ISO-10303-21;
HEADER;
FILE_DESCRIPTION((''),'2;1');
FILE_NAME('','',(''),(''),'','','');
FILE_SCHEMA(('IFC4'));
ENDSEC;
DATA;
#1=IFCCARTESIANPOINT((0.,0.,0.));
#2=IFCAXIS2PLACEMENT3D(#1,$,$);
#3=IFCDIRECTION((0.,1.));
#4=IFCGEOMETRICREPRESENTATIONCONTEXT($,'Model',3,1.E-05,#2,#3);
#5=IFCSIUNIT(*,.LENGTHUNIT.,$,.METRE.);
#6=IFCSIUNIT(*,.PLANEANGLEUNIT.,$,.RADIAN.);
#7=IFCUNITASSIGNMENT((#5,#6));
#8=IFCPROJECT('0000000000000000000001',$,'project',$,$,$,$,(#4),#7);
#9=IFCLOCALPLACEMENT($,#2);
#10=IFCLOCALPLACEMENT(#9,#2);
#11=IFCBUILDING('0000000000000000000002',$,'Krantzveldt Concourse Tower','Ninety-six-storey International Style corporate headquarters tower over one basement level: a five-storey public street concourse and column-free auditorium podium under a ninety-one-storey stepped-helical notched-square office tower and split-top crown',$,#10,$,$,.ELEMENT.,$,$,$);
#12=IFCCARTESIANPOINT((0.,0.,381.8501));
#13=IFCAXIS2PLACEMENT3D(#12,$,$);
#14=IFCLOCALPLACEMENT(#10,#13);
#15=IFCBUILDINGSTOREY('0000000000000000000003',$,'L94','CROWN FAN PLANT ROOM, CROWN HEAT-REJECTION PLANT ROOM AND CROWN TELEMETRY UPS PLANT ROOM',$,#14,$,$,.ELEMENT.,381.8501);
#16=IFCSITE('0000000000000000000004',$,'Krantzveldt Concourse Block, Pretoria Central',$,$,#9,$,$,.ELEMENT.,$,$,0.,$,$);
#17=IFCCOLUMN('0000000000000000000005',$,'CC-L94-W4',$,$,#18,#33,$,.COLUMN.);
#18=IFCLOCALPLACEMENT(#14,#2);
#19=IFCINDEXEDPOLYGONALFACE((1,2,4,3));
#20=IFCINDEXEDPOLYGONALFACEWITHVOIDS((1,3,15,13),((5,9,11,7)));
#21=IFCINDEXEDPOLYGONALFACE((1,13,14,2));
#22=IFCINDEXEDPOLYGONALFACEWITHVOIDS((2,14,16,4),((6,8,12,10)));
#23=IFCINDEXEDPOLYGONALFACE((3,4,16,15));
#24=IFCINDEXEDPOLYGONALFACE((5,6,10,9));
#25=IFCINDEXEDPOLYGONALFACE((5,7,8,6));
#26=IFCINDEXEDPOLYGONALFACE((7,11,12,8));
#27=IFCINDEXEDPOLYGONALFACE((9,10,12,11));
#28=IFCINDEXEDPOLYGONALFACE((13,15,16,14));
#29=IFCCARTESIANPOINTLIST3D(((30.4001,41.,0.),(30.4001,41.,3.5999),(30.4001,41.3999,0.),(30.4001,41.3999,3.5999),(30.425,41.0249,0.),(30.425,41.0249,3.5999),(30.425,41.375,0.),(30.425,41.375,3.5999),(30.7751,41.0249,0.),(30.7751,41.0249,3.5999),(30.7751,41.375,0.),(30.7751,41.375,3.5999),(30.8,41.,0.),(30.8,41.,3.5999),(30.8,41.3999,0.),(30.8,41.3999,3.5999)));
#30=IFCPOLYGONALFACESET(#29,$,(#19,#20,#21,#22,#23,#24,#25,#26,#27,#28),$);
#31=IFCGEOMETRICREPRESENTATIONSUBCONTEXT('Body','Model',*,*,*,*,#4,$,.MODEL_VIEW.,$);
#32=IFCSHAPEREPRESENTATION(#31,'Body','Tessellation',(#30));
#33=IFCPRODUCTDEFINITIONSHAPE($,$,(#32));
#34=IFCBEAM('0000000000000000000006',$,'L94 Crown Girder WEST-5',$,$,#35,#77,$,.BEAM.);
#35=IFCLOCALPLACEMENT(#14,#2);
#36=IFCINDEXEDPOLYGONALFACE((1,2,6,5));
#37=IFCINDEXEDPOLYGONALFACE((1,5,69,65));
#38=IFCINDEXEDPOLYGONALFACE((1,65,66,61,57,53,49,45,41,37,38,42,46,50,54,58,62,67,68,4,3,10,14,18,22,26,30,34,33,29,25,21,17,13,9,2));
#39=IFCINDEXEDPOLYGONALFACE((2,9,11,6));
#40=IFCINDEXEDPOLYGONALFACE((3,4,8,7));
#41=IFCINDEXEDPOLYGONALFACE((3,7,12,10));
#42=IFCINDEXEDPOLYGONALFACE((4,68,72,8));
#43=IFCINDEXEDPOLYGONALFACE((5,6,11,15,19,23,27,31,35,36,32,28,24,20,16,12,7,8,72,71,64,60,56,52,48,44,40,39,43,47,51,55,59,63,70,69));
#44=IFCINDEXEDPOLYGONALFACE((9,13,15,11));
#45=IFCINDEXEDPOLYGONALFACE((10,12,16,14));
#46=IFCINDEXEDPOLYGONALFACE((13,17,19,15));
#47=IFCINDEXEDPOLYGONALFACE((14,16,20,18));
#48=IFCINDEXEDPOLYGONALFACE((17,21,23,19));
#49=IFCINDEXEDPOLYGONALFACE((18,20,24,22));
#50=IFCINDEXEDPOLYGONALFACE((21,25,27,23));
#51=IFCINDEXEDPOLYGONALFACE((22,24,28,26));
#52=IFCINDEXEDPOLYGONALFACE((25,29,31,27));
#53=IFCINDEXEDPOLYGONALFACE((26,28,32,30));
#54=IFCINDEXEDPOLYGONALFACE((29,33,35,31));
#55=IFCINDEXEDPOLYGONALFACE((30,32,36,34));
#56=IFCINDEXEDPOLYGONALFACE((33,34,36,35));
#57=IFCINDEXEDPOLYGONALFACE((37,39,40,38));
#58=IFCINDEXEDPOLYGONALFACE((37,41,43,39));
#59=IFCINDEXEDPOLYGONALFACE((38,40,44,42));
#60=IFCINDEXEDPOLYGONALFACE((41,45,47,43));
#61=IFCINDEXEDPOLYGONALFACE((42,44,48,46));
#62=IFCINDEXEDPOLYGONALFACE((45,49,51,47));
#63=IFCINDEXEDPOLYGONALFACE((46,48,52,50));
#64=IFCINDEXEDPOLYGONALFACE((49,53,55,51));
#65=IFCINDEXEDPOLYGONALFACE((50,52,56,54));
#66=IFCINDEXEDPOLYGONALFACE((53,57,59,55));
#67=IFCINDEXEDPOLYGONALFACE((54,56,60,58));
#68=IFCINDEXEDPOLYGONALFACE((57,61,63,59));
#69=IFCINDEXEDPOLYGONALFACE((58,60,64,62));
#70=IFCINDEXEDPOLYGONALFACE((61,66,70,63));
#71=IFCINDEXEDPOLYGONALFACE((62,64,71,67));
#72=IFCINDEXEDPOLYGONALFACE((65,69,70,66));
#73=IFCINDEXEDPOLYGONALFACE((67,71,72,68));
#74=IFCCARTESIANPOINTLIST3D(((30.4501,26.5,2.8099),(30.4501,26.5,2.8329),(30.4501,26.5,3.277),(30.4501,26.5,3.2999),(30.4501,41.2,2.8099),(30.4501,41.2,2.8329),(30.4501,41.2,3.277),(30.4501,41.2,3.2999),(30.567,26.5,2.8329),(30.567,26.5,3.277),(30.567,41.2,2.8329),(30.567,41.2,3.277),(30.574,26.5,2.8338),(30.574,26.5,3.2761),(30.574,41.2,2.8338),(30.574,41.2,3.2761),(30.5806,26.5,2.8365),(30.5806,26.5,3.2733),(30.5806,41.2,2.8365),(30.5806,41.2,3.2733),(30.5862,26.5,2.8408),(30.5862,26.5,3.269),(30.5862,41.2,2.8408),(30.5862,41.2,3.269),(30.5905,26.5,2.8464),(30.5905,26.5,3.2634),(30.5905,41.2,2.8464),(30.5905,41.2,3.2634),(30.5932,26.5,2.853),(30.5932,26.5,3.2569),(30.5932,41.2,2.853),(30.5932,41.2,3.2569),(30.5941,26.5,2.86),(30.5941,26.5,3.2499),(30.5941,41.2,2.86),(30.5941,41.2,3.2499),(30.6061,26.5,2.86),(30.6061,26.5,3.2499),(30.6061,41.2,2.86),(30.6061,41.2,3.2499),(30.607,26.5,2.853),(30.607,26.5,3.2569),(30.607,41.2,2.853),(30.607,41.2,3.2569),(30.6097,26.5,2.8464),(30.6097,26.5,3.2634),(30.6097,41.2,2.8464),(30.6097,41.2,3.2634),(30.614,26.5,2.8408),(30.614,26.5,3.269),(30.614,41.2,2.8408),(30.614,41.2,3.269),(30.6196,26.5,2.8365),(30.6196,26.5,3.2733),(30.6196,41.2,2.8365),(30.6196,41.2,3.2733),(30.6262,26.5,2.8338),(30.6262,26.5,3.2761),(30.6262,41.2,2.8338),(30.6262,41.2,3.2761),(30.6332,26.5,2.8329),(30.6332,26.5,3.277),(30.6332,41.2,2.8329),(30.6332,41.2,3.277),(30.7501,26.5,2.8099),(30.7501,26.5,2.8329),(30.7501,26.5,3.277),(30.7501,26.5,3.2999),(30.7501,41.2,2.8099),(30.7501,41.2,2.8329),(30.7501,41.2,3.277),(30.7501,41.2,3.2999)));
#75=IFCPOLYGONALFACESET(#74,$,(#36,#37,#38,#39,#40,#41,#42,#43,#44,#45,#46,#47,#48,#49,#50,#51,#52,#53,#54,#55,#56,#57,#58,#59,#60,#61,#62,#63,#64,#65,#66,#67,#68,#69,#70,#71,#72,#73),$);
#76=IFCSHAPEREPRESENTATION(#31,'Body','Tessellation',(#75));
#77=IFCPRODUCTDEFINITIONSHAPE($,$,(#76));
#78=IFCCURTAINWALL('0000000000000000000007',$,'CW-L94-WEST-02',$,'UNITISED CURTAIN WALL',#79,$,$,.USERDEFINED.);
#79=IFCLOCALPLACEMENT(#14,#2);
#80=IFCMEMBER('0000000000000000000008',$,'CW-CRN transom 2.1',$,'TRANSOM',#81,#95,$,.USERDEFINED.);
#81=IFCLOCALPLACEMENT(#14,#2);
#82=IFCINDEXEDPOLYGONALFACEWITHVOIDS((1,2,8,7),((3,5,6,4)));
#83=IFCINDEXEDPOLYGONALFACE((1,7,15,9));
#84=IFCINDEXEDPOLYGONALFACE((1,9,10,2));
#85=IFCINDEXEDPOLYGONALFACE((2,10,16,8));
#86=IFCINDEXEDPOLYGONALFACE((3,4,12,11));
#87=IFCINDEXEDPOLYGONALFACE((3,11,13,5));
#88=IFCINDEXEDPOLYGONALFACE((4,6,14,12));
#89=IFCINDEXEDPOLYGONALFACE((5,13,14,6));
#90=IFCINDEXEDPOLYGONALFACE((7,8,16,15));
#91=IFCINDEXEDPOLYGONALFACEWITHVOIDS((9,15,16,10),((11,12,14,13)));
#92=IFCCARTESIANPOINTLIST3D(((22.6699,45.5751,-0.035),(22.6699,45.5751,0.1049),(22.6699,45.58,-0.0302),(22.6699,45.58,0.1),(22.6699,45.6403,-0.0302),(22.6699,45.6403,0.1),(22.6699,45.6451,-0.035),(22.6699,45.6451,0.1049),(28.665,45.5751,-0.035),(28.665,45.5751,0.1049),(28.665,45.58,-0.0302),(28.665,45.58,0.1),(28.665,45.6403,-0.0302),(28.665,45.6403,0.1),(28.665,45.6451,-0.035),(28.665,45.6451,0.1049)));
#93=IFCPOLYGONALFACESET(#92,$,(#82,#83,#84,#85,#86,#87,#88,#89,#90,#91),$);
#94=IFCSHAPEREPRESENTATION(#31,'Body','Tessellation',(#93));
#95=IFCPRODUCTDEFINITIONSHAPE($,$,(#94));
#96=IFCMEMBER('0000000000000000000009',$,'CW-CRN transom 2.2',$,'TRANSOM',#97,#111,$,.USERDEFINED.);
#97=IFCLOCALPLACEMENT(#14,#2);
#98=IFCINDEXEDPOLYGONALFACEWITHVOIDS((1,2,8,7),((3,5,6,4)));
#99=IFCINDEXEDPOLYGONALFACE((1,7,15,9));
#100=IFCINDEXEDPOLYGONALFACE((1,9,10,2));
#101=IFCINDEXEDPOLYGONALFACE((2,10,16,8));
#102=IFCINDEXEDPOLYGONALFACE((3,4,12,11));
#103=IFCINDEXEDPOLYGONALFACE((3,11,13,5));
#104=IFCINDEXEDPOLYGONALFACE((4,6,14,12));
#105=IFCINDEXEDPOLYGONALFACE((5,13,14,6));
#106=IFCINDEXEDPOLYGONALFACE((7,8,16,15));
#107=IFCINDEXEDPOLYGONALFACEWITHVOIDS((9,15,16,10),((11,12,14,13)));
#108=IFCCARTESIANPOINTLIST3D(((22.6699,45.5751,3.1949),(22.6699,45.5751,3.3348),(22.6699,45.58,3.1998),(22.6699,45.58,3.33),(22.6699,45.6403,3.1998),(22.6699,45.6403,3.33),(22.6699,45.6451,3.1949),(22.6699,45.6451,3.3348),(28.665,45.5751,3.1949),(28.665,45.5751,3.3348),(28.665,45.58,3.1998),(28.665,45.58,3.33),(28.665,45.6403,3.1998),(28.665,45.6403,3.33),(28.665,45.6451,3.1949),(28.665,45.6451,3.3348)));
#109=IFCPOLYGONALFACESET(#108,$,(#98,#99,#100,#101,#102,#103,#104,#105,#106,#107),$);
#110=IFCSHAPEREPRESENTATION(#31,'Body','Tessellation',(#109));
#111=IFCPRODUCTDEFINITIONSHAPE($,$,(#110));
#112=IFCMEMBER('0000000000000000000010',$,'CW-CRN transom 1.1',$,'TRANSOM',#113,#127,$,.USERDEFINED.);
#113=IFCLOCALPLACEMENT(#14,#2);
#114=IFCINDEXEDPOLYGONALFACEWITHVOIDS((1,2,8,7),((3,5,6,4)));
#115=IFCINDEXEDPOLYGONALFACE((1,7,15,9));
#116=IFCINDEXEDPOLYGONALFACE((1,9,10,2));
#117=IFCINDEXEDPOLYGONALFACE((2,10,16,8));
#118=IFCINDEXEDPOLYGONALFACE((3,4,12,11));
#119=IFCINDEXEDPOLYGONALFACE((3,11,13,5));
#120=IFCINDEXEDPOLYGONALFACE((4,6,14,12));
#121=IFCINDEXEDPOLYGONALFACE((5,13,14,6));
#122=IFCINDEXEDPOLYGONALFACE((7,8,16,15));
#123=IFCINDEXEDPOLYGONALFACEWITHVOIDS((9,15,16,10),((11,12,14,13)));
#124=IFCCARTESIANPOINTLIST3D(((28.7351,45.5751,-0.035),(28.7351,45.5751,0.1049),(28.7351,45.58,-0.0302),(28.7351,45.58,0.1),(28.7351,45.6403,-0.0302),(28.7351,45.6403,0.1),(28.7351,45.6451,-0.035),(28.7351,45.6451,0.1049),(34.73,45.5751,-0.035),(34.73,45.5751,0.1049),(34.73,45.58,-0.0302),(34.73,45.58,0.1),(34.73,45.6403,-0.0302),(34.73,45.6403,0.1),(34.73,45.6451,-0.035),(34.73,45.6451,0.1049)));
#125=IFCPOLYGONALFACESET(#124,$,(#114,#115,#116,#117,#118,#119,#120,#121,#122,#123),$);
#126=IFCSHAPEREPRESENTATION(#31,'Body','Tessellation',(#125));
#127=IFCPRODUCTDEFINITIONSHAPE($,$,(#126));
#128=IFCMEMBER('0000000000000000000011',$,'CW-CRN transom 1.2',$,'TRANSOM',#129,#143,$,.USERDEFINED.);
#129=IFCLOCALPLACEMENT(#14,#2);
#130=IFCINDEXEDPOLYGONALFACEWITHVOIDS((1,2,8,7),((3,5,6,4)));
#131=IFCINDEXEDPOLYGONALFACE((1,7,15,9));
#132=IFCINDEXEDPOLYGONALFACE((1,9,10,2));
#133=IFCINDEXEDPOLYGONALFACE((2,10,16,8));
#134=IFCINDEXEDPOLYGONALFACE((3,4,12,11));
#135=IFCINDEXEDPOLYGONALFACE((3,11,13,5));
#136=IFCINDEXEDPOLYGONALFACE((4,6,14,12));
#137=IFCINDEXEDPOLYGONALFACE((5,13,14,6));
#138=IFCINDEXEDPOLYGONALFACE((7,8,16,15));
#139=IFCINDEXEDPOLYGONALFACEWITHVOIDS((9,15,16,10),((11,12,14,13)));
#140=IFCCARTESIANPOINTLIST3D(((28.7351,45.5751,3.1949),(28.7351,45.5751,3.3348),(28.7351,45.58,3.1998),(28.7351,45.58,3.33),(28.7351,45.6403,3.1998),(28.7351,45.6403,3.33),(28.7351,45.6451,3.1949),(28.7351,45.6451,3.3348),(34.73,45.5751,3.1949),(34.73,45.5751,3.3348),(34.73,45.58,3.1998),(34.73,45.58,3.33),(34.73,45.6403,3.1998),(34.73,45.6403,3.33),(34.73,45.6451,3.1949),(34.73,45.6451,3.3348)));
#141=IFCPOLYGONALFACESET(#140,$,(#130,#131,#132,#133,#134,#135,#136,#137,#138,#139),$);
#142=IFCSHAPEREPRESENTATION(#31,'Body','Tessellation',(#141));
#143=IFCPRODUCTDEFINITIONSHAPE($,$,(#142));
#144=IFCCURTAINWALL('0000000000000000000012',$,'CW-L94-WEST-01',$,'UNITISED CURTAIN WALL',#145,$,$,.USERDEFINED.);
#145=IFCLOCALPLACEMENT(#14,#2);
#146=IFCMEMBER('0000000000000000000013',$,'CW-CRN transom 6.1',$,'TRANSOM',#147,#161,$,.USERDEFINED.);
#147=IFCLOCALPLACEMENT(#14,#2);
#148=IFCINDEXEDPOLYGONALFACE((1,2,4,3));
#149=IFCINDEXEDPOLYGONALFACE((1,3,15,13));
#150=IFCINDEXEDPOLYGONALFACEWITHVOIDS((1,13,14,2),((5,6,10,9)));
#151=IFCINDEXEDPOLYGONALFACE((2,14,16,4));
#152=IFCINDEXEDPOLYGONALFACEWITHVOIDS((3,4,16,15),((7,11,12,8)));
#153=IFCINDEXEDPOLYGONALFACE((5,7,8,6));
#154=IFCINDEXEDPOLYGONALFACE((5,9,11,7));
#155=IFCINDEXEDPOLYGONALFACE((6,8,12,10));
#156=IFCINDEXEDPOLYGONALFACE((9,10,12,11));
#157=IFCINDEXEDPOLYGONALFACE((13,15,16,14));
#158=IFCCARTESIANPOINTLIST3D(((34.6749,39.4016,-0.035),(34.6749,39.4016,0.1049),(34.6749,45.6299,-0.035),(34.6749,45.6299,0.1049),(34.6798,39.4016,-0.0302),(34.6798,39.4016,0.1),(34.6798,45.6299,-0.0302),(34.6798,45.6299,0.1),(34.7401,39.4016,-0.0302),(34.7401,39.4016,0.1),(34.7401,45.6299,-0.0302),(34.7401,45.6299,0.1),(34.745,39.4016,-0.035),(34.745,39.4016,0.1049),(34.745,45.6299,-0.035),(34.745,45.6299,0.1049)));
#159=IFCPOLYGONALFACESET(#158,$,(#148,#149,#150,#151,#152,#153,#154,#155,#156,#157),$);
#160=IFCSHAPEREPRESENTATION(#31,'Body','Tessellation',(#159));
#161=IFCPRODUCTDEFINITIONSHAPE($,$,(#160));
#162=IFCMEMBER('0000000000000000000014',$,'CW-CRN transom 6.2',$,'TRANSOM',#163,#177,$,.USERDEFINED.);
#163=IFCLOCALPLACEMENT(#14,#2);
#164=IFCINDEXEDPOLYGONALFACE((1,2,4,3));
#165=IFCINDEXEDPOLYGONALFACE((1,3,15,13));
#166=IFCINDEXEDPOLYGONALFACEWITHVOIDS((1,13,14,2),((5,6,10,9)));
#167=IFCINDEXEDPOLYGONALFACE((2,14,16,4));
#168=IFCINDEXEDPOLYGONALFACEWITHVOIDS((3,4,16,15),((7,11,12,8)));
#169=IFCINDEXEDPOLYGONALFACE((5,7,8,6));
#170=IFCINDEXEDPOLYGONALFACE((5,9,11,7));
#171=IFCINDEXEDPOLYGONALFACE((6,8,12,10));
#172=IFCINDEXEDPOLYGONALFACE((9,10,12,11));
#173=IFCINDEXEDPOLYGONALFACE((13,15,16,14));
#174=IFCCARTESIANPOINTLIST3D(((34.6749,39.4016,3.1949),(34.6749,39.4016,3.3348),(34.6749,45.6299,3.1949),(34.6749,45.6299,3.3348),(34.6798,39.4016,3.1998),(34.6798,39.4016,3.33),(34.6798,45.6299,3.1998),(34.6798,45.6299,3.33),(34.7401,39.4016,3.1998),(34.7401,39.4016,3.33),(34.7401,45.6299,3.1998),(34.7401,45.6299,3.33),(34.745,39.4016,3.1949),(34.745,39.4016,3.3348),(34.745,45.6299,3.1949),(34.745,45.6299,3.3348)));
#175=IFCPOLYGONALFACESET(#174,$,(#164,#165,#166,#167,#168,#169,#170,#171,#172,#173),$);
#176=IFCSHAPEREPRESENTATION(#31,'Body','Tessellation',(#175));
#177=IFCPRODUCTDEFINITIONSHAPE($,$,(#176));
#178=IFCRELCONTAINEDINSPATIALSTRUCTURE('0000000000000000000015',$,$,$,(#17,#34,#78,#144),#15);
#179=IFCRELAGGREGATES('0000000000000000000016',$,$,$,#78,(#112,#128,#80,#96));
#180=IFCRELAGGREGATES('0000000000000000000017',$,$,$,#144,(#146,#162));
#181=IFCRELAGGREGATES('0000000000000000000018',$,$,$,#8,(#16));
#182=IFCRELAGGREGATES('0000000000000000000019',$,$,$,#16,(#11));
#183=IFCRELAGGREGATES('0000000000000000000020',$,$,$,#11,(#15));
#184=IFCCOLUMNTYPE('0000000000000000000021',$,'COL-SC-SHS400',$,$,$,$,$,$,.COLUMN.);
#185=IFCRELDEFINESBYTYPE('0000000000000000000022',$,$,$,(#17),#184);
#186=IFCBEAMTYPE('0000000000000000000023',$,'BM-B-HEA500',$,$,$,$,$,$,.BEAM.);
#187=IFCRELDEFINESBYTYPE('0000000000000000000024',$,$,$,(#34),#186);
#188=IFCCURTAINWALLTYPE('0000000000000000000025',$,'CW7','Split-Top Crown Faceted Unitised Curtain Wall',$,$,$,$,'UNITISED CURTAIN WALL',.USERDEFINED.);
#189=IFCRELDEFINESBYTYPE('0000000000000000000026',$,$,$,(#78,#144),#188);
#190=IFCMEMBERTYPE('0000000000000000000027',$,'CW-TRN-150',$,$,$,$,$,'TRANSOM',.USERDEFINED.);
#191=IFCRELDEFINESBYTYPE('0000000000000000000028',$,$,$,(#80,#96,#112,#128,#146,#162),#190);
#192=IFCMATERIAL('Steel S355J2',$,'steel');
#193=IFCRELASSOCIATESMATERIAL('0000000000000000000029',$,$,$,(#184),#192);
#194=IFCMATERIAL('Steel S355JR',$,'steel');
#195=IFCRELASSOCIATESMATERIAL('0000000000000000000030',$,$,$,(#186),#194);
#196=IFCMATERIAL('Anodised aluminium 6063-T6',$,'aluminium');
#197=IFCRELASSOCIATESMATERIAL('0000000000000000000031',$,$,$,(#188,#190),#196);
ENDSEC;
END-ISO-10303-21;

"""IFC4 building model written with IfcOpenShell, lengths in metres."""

from ifc_helpers import new_model, si_unit, direction, frame, origin, origin_2d, place, context, subcontext, project, spatial, hollow_rectangle, i_section, extrude, source, transform, mapped, material, material_profile, profile_set, type_object, type_shapes, element, aggregate, save


model = new_model("IFC4")

# Units and contexts
model_context = context("Model", 3, precision=1e-05, world=origin(), true_north=direction((0.0, 1.0)))
body_context = subcontext(model_context, "Body", "Model", "MODEL_VIEW")
ifc_project = project(units=[si_unit("LENGTHUNIT", "METRE"), si_unit("PLANEANGLEUNIT", "RADIAN")], contexts=[model_context])

# Site, building, storey
site_placement = place(None, origin())
site = spatial("IfcSite", under=ifc_project, at=site_placement, Name="Krantzveldt Concourse Block, Pretoria Central", CompositionType="ELEMENT", RefElevation=0.0)
building_placement = place(site_placement, origin())
building = spatial("IfcBuilding", under=site, at=building_placement, Name="Krantzveldt Concourse Tower", Description="Ninety-six-storey International Style corporate headquarters tower over one basement level: a five-storey public street concourse and column-free auditorium podium under a ninety-one-storey stepped-helical notched-square office tower and split-top crown", CompositionType="ELEMENT")
storey_placement = place(building_placement, frame((0.0, 0.0, 381.8501)))
storey = spatial("IfcBuildingStorey", under=building, at=storey_placement, Name="L94", Description="CROWN FAN PLANT ROOM, CROWN HEAT-REJECTION PLANT ROOM AND CROWN TELEMETRY UPS PLANT ROOM", CompositionType="ELEMENT", Elevation=381.8501)

# Column
ifc_material_1 = material(Name="Steel S355J2", Category="steel")
ifc_material_profile_1 = material_profile(ifc_material_1, hollow_rectangle(XDim=0.3999, YDim=0.3999, WallThickness=0.0249, at=origin_2d()), Name="Steel S355J2", Category="steel")
ifc_profile_set_1 = profile_set([ifc_material_profile_1], Name="Steel S355J2 - SHS 400x400x25")
column_type = type_object("IfcColumnType", Name="COL-SC-SHS400", PredefinedType="COLUMN", material=ifc_profile_set_1)
shared_shape_1 = source(origin(), body_context, "Body", "SweptSolid", [
    extrude(hollow_rectangle(XDim=0.3999, YDim=0.3999, WallThickness=0.0249, at=origin_2d()), origin(), (0.0, 0.0, 1.0), 3.5999),
])
type_shapes(column_type, [shared_shape_1])
column_placement = place(storey_placement, frame((30.6001, 41.2, 0.0), z_axis=(0.0, 0.0, 1.0), x_axis=(1.0, 0.0, 0.0)))
element("IfcColumn", 1, at=column_placement, inside=storey, type_object=column_type, Name="CC-L94-W4", PredefinedType="COLUMN", context=body_context, shape_type="MappedRepresentation", body=[
    mapped(shared_shape_1, transform((0.0, 0.0, 0.0), x_axis=(1.0, 0.0, 0.0), y_axis=(0.0, 1.0, 0.0), z_axis=(0.0, 0.0, 1.0), scale=1.0)),
])

# Beam
ifc_material_2 = material(Name="Steel S355JR", Category="steel")
ifc_material_profile_2 = material_profile(ifc_material_2, i_section(OverallWidth=0.3, OverallDepth=0.49, WebThickness=0.012, FlangeThickness=0.0229, FilletRadius=0.0271, at=origin_2d()), Name="Steel S355JR", Category="steel")
ifc_profile_set_2 = profile_set([ifc_material_profile_2], Name="Steel S355JR - HEA 500")
beam_type = type_object("IfcBeamType", Name="BM-B-HEA500", PredefinedType="BEAM", material=ifc_profile_set_2)
shared_shape_2 = source(origin(), body_context, "Body", "SweptSolid", [
    extrude(i_section(OverallWidth=0.3, OverallDepth=0.49, WebThickness=0.012, FlangeThickness=0.0229, FilletRadius=0.0271, at=origin_2d()), origin(), (0.0, 0.0, 1.0), 14.7),
])
type_shapes(beam_type, [shared_shape_2])
beam_placement = place(storey_placement, frame((30.6001, 41.2, 3.0549), z_axis=(0.0, -1.0, 0.0), x_axis=(1.0, 0.0, 0.0)))
element("IfcBeam", 2, at=beam_placement, inside=storey, type_object=beam_type, Name="L94 Crown Girder WEST-5", PredefinedType="BEAM", context=body_context, shape_type="MappedRepresentation", body=[
    mapped(shared_shape_2, transform((0.0, 0.0, 0.0), x_axis=(1.0, 0.0, 0.0), y_axis=(0.0, 1.0, 0.0), z_axis=(0.0, 0.0, 1.0), scale=1.0)),
])

# Curtain walls, members
ifc_material_3 = material(Name="Anodised aluminium 6063-T6", Category="aluminium")
curtain_wall_type = type_object("IfcCurtainWallType", Name="CW7", Description="Split-Top Crown Faceted Unitised Curtain Wall", ElementType="UNITISED CURTAIN WALL", PredefinedType="USERDEFINED", material=ifc_material_3)
curtain_wall_1_placement = place(storey_placement, origin())
curtain_wall_1 = element("IfcCurtainWall", 3, at=curtain_wall_1_placement, inside=storey, type_object=curtain_wall_type, Name="CW-L94-WEST-02", ObjectType="UNITISED CURTAIN WALL", PredefinedType="USERDEFINED")
ifc_material_profile_3 = material_profile(ifc_material_3, hollow_rectangle(XDim=0.0701, YDim=0.1399, WallThickness=0.0049, at=origin_2d()), Name="Anodised aluminium 6063-T6", Category="aluminium")
ifc_profile_set_3 = profile_set([ifc_material_profile_3], Name="Anodised aluminium 6063-T6 - ALU-TRAN 140x70x5")
member_type_1 = type_object("IfcMemberType", Name="CW-TRN-150", ElementType="TRANSOM", PredefinedType="USERDEFINED", material=ifc_profile_set_3)
shared_shape_3 = source(origin(), body_context, "Body", "SweptSolid", [
    extrude(hollow_rectangle(XDim=0.0701, YDim=0.1399, WallThickness=0.0049, at=origin_2d()), origin(), (0.0, 0.0, 1.0), 5.9951),
])
member_1_placement = place(storey_placement, frame((28.665, 45.6101, 0.0349), z_axis=(-1.0, 0.0, 0.0), x_axis=(0.0, -1.0, 0.0)))
member_1 = element("IfcMember", 4, at=member_1_placement, type_object=member_type_1, Name="CW-CRN transom 2.1", ObjectType="TRANSOM", PredefinedType="USERDEFINED", context=body_context, shape_type="MappedRepresentation", body=[
    mapped(shared_shape_3, transform((0.0, 0.0, 0.0), x_axis=(1.0, 0.0, 0.0), y_axis=(0.0, 1.0, 0.0), z_axis=(0.0, 0.0, 1.0), scale=1.0)),
])
member_2_placement = place(storey_placement, frame((28.665, 45.6101, 3.2649), z_axis=(-1.0, 0.0, 0.0), x_axis=(0.0, -1.0, 0.0)))
member_2 = element("IfcMember", 5, at=member_2_placement, type_object=member_type_1, Name="CW-CRN transom 2.2", ObjectType="TRANSOM", PredefinedType="USERDEFINED", context=body_context, shape_type="MappedRepresentation", body=[
    mapped(shared_shape_3, transform((0.0, 0.0, 0.0), x_axis=(1.0, 0.0, 0.0), y_axis=(0.0, 1.0, 0.0), z_axis=(0.0, 0.0, 1.0), scale=1.0)),
])
shared_shape_4 = source(origin(), body_context, "Body", "SweptSolid", [
    extrude(hollow_rectangle(XDim=0.0701, YDim=0.1399, WallThickness=0.0049, at=origin_2d()), origin(), (0.0, 0.0, 1.0), 5.9949),
])
member_3_placement = place(storey_placement, frame((34.73, 45.6101, 0.0349), z_axis=(-1.0, 0.0, 0.0), x_axis=(0.0, -1.0, 0.0)))
member_3 = element("IfcMember", 6, at=member_3_placement, type_object=member_type_1, Name="CW-CRN transom 1.1", ObjectType="TRANSOM", PredefinedType="USERDEFINED", context=body_context, shape_type="MappedRepresentation", body=[
    mapped(shared_shape_4, transform((0.0, 0.0, 0.0), x_axis=(1.0, 0.0, 0.0), y_axis=(0.0, 1.0, 0.0), z_axis=(0.0, 0.0, 1.0), scale=1.0)),
])
member_4_placement = place(storey_placement, frame((34.73, 45.6101, 3.2649), z_axis=(-1.0, 0.0, 0.0), x_axis=(0.0, -1.0, 0.0)))
member_4 = element("IfcMember", 7, at=member_4_placement, type_object=member_type_1, Name="CW-CRN transom 1.2", ObjectType="TRANSOM", PredefinedType="USERDEFINED", context=body_context, shape_type="MappedRepresentation", body=[
    mapped(shared_shape_4, transform((0.0, 0.0, 0.0), x_axis=(1.0, 0.0, 0.0), y_axis=(0.0, 1.0, 0.0), z_axis=(0.0, 0.0, 1.0), scale=1.0)),
])
curtain_wall_2_placement = place(storey_placement, origin())
curtain_wall_2 = element("IfcCurtainWall", 8, at=curtain_wall_2_placement, inside=storey, type_object=curtain_wall_type, Name="CW-L94-WEST-01", ObjectType="UNITISED CURTAIN WALL", PredefinedType="USERDEFINED")
shared_shape_5 = source(origin(), body_context, "Body", "SweptSolid", [
    extrude(hollow_rectangle(XDim=0.0701, YDim=0.1399, WallThickness=0.0049, at=origin_2d()), origin(), (0.0, 0.0, 1.0), 6.2283),
])
member_5_placement = place(storey_placement, frame((34.71, 39.4016, 0.0349), z_axis=(0.0, 1.0, 0.0), x_axis=(-1.0, 0.0, 0.0)))
member_5 = element("IfcMember", 9, at=member_5_placement, type_object=member_type_1, Name="CW-CRN transom 6.1", ObjectType="TRANSOM", PredefinedType="USERDEFINED", context=body_context, shape_type="MappedRepresentation", body=[
    mapped(shared_shape_5, transform((0.0, 0.0, 0.0), x_axis=(1.0, 0.0, 0.0), y_axis=(0.0, 1.0, 0.0), z_axis=(0.0, 0.0, 1.0), scale=1.0)),
])
member_6_placement = place(storey_placement, frame((34.71, 39.4016, 3.2649), z_axis=(0.0, 1.0, 0.0), x_axis=(-1.0, 0.0, 0.0)))
member_6 = element("IfcMember", 10, at=member_6_placement, type_object=member_type_1, Name="CW-CRN transom 6.2", ObjectType="TRANSOM", PredefinedType="USERDEFINED", context=body_context, shape_type="MappedRepresentation", body=[
    mapped(shared_shape_5, transform((0.0, 0.0, 0.0), x_axis=(1.0, 0.0, 0.0), y_axis=(0.0, 1.0, 0.0), z_axis=(0.0, 0.0, 1.0), scale=1.0)),
])

aggregate(curtain_wall_1, [member_3, member_4, member_1, member_2])
aggregate(curtain_wall_2, [member_5, member_6])

save(model, "model.ifc")
